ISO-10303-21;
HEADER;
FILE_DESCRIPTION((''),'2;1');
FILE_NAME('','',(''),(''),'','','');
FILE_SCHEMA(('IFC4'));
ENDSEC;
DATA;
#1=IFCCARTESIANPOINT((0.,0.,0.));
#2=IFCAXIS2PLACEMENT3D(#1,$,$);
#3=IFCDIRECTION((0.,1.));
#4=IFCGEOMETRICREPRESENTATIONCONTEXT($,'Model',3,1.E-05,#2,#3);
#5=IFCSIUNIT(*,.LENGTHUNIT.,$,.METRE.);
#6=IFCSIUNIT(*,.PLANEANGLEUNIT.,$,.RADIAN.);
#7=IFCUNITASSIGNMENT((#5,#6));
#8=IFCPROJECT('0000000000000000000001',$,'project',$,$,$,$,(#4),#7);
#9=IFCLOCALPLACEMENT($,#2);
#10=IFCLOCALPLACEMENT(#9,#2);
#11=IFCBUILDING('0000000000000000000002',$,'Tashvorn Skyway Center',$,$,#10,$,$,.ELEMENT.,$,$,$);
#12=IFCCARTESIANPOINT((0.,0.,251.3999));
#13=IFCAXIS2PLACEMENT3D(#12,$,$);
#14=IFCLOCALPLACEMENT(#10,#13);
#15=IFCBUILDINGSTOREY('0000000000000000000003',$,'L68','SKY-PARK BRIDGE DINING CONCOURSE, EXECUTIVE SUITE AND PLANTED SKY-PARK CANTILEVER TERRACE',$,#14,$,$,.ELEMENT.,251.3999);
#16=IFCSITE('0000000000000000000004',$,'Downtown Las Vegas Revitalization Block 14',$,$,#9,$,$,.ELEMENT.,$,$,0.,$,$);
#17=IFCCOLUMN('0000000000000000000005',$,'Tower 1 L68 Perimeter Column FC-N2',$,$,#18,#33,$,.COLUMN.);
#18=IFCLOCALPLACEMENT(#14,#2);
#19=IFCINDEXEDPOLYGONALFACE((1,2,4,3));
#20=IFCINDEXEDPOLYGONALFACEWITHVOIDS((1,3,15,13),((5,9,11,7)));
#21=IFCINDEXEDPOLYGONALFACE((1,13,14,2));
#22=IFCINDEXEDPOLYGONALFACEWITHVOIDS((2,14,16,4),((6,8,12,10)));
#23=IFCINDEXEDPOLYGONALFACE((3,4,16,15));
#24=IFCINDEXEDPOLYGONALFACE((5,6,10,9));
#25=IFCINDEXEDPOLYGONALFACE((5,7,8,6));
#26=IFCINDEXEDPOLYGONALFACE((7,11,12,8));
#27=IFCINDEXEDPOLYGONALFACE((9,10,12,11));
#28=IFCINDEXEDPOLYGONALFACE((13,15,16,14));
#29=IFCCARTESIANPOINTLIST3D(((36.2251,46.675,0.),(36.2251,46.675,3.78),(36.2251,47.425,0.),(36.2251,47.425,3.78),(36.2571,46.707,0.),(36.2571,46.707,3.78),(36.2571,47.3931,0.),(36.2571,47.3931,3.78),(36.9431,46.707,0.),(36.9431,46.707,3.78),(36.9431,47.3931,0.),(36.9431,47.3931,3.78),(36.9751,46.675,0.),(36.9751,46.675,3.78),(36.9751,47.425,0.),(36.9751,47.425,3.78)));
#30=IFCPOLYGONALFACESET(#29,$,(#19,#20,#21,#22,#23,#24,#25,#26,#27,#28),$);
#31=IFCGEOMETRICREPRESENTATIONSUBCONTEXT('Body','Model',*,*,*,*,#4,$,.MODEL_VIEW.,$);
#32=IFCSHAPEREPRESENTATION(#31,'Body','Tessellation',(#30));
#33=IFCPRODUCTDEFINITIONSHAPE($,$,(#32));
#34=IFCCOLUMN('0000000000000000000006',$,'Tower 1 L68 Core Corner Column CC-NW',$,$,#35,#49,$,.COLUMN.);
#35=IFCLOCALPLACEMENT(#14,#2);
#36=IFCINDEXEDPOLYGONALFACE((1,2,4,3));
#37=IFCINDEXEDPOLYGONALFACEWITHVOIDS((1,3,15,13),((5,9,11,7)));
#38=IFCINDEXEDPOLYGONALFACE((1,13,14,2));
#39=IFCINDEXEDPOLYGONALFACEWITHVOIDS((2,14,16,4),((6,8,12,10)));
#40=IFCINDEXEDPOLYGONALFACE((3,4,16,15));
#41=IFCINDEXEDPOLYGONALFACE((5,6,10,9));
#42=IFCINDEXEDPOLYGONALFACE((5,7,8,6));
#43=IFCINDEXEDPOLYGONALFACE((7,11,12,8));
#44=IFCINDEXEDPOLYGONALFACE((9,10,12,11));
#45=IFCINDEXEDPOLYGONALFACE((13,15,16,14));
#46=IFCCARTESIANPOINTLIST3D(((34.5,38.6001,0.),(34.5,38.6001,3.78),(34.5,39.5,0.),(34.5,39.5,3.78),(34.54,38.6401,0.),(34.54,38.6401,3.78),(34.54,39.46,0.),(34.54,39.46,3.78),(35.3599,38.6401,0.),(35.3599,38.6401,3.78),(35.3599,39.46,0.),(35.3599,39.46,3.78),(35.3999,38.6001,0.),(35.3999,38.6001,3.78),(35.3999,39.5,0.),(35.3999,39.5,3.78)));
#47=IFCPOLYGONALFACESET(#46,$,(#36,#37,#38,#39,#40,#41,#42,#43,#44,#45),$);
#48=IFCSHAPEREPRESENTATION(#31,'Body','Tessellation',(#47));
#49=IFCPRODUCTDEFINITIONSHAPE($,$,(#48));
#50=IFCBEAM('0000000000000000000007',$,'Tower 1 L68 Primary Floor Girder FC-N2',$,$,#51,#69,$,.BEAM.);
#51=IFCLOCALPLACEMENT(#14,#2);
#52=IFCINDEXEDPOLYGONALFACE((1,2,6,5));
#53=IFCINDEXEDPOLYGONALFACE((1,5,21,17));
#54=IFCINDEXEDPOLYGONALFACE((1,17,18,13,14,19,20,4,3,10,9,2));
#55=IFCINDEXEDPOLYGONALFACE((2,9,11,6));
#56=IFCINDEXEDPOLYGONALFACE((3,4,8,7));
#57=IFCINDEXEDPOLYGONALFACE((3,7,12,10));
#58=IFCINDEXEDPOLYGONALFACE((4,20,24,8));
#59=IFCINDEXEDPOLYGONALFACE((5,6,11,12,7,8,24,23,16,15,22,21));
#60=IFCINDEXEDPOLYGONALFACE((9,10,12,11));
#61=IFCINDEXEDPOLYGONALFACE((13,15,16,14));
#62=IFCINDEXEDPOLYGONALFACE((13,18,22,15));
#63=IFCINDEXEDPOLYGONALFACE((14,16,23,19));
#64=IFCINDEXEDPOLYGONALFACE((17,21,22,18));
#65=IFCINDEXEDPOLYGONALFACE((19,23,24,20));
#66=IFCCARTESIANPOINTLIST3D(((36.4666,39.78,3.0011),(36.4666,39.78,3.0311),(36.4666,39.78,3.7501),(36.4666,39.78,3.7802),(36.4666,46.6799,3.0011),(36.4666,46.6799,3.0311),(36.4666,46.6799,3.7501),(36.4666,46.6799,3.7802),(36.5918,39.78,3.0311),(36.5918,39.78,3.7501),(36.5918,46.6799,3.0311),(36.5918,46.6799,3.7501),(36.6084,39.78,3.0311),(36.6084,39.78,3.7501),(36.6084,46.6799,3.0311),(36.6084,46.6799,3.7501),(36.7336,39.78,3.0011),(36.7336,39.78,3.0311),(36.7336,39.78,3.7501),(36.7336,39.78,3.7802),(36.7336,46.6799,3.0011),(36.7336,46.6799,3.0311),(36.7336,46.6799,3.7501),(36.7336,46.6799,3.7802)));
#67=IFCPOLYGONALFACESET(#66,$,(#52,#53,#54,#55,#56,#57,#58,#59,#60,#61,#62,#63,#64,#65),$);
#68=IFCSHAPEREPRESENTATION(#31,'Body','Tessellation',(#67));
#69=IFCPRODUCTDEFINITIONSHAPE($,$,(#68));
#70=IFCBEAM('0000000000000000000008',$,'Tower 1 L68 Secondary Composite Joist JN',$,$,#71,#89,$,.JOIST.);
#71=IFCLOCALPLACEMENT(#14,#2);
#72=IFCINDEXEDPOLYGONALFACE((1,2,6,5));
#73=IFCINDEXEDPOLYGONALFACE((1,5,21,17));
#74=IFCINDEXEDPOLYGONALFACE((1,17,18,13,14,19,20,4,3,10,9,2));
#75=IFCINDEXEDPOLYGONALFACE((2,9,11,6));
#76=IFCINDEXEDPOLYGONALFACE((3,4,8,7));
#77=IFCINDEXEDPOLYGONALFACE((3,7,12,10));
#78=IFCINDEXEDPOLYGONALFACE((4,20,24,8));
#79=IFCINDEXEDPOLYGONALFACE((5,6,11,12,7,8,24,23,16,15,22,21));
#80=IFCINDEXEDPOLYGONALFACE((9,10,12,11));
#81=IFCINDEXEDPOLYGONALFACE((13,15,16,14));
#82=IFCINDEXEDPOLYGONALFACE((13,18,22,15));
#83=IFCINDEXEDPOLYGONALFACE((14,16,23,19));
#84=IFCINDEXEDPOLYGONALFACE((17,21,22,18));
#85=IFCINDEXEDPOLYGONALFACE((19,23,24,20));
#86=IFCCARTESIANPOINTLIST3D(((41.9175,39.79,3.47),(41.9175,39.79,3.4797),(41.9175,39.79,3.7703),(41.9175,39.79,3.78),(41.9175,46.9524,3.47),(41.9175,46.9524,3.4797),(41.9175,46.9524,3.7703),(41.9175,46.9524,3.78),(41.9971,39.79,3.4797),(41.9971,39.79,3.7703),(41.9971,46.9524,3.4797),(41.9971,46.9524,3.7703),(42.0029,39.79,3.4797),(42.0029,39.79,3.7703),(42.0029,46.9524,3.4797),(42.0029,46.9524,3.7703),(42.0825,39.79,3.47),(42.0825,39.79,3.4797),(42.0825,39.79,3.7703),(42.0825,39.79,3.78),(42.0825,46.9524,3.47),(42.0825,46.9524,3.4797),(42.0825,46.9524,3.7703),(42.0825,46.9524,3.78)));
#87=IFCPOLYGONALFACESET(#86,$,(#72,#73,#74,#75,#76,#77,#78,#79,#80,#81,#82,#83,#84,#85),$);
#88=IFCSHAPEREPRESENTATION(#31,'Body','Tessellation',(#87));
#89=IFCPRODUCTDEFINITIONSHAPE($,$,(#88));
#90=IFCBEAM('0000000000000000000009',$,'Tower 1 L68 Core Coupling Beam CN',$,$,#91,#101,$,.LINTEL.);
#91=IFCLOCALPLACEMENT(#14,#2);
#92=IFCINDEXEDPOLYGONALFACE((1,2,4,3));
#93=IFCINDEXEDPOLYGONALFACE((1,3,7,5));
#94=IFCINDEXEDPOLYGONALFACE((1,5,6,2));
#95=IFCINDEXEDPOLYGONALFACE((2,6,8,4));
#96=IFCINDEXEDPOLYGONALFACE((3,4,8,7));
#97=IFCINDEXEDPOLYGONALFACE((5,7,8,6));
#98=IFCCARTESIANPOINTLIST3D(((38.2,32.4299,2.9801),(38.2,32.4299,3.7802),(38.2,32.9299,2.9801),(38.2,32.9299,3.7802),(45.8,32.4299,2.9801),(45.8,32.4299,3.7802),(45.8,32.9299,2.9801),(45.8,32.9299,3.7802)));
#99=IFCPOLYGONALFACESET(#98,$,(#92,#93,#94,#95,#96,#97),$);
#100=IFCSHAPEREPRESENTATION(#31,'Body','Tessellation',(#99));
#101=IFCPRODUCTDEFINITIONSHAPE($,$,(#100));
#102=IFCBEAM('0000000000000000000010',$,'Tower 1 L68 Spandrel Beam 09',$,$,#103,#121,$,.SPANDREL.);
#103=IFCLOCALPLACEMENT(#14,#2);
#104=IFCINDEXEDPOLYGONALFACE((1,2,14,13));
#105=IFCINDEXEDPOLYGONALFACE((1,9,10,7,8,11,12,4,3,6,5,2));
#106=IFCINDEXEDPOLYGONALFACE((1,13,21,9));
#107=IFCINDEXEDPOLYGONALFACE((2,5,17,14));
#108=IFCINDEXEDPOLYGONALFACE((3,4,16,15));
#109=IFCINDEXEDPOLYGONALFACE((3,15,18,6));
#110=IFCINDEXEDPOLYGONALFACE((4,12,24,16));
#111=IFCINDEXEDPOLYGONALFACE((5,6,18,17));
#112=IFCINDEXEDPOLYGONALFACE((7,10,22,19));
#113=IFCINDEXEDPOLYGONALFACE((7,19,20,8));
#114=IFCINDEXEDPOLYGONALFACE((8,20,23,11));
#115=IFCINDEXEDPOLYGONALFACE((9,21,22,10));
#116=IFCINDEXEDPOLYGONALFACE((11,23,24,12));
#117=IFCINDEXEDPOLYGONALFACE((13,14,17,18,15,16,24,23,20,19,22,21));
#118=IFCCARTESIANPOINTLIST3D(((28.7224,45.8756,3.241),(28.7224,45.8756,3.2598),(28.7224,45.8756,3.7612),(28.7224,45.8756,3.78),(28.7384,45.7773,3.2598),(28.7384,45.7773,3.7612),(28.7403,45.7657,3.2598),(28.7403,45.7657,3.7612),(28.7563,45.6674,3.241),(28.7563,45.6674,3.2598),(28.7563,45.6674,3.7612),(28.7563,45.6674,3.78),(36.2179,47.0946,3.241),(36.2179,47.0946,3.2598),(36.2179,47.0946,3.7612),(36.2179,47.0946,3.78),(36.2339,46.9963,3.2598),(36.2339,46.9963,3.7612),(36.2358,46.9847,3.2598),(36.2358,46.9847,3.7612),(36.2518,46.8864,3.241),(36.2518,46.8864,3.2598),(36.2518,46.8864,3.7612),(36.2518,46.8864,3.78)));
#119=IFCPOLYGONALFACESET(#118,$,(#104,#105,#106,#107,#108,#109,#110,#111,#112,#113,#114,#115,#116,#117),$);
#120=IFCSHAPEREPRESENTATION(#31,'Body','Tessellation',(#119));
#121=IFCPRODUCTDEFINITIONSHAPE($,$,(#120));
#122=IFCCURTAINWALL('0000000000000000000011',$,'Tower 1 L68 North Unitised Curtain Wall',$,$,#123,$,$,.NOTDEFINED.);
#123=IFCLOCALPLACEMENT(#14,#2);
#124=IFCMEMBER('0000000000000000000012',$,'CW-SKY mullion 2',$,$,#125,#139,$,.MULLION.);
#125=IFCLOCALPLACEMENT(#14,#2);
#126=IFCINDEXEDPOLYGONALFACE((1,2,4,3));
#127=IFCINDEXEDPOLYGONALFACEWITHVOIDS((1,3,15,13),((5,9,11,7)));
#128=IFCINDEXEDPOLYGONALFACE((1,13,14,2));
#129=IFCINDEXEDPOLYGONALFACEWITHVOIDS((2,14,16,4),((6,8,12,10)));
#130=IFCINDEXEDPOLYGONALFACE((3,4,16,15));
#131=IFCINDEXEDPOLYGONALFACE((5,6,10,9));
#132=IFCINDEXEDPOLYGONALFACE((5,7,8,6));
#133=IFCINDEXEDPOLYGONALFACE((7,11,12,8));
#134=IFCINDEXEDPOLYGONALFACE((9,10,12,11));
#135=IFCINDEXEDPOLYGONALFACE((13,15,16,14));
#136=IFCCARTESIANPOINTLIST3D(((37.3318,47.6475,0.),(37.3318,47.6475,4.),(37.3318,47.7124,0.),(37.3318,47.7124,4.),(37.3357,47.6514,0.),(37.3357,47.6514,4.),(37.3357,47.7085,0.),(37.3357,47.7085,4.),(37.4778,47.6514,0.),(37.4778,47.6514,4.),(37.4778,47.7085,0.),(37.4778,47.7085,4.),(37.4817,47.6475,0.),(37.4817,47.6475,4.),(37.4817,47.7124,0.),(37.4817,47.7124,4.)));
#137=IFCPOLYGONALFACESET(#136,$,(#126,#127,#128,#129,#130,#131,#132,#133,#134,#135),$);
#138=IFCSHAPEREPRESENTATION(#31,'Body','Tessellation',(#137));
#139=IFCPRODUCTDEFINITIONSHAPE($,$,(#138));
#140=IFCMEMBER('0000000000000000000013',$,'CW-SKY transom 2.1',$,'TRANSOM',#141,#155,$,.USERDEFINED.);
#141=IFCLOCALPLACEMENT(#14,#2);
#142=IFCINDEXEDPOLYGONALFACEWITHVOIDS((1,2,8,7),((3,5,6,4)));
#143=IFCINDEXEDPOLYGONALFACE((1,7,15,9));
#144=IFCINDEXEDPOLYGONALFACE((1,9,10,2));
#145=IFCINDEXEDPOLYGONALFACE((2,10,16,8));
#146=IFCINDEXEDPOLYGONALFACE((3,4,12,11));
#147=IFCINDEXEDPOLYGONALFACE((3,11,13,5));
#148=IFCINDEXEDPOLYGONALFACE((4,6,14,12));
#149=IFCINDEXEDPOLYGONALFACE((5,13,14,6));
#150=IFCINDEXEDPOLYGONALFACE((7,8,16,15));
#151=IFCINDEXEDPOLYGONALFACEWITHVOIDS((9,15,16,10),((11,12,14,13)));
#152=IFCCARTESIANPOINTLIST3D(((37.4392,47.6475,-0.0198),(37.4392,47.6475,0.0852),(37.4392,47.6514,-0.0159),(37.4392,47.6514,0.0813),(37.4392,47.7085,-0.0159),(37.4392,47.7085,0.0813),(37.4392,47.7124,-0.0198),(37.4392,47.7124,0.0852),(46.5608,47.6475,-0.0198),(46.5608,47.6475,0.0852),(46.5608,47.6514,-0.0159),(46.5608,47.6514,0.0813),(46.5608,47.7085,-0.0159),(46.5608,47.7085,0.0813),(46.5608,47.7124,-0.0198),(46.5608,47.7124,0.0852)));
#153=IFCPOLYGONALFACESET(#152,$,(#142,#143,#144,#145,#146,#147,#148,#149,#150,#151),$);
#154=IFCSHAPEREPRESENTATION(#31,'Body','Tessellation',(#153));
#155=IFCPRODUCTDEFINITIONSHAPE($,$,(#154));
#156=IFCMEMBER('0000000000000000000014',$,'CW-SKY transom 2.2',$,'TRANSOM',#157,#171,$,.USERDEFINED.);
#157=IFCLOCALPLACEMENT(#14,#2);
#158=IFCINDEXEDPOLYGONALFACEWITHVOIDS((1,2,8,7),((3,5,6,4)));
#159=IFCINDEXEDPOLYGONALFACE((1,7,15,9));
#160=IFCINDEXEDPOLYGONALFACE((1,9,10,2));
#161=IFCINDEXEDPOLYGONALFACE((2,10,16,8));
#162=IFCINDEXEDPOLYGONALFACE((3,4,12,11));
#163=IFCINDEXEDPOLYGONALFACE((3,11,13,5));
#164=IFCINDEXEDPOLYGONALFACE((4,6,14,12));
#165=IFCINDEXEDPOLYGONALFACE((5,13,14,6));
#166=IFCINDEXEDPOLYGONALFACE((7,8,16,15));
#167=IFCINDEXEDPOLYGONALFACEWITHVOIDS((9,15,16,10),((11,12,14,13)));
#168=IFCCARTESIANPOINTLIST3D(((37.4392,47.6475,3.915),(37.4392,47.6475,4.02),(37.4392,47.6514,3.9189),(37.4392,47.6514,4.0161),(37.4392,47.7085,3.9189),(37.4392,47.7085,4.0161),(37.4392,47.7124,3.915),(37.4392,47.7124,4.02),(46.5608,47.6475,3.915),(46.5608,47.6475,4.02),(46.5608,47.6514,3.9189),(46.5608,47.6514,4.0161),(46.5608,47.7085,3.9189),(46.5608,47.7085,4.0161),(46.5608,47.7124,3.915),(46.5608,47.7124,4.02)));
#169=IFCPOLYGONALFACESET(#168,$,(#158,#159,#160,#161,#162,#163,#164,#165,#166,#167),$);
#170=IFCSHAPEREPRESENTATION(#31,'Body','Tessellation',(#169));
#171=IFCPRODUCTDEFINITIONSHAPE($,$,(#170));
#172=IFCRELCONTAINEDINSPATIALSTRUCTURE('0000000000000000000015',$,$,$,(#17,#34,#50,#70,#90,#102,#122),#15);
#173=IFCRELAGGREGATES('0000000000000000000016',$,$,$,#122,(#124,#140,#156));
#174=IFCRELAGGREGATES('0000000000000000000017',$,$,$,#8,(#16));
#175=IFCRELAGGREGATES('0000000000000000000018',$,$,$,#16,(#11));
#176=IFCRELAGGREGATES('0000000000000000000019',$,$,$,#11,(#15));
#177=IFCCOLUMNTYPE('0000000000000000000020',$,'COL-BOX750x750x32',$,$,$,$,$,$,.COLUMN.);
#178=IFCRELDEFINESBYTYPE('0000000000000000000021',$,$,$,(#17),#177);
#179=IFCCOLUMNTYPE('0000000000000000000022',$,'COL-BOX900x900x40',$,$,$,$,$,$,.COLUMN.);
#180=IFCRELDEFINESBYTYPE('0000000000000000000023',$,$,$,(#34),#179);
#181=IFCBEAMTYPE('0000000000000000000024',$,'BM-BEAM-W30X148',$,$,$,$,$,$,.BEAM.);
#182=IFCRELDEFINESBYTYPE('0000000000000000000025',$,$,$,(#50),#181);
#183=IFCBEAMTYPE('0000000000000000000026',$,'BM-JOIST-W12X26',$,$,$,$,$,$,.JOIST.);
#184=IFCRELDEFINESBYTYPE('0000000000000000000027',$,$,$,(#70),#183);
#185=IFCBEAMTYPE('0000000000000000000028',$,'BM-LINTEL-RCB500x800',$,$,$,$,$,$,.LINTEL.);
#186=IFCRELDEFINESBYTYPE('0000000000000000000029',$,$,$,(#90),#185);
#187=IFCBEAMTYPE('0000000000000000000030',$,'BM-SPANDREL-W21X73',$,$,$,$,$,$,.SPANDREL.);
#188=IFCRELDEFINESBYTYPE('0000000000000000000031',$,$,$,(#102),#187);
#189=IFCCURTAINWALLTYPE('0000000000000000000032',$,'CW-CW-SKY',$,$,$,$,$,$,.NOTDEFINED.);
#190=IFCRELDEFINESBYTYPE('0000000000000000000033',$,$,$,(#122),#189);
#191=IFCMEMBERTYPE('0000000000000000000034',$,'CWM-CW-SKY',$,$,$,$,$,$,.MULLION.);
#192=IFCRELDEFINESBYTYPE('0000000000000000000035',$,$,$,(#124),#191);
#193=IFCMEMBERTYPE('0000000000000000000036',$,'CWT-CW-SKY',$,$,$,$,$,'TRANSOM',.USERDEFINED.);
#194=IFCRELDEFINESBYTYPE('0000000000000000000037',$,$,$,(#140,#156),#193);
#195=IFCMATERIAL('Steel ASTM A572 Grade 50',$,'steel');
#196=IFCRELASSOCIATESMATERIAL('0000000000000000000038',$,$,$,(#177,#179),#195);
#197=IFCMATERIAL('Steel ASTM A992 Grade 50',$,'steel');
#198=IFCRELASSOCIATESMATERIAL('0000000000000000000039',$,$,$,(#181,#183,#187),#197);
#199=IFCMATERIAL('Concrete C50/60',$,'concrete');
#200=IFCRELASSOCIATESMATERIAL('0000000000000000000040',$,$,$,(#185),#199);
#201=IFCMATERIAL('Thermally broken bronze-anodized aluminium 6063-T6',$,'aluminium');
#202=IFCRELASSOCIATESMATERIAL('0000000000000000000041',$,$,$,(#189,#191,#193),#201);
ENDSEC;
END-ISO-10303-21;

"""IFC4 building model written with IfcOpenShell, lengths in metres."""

from ifc_helpers import new_model, si_unit, direction, frame, origin, origin_2d, place, context, subcontext, project, spatial, rectangle, hollow_rectangle, i_section, extrude, material, material_profile, profile_set, type_object, element, aggregate, save


model = new_model("IFC4")

# Units and contexts
model_context = context("Model", 3, precision=1e-05, world=origin(), true_north=direction((0.0, 1.0)))
body_context = subcontext(model_context, "Body", "Model", "MODEL_VIEW")
ifc_project = project(units=[si_unit("LENGTHUNIT", "METRE"), si_unit("PLANEANGLEUNIT", "RADIAN")], contexts=[model_context])

# Site, building, storey
site_placement = place(None, origin())
site = spatial("IfcSite", under=ifc_project, at=site_placement, Name="Downtown Las Vegas Revitalization Block 14", CompositionType="ELEMENT", RefElevation=0.0)
building_placement = place(site_placement, origin())
building = spatial("IfcBuilding", under=site, at=building_placement, Name="Tashvorn Skyway Center", CompositionType="ELEMENT")
storey_placement = place(building_placement, frame((0.0, 0.0, 251.3999)))
storey = spatial("IfcBuildingStorey", under=building, at=storey_placement, Name="L68", Description="SKY-PARK BRIDGE DINING CONCOURSE, EXECUTIVE SUITE AND PLANTED SKY-PARK CANTILEVER TERRACE", CompositionType="ELEMENT", Elevation=251.3999)

# Columns
ifc_material_1 = material(Name="Steel ASTM A572 Grade 50", Category="steel")
ifc_material_profile_1 = material_profile(ifc_material_1, hollow_rectangle(XDim=0.75, YDim=0.75, WallThickness=0.032, at=origin_2d()), Name="BOX750x750x32")
ifc_profile_set_1 = profile_set([ifc_material_profile_1], Name="Steel ASTM A572 Grade 50")
column_type_1 = type_object("IfcColumnType", Name="COL-BOX750x750x32", PredefinedType="COLUMN", material=ifc_profile_set_1)
column_1_placement = place(storey_placement, frame((36.6001, 47.05, 0.0), z_axis=(0.0, 0.0, 1.0), x_axis=(1.0, 0.0, 0.0)))
element("IfcColumn", 1, at=column_1_placement, inside=storey, type_object=column_type_1, Name="Tower 1 L68 Perimeter Column FC-N2", PredefinedType="COLUMN", context=body_context, shape_type="SweptSolid", body=[
    extrude(hollow_rectangle(XDim=0.75, YDim=0.75, WallThickness=0.032, at=origin_2d()), origin(), (0.0, 0.0, 1.0), 3.78),
])
ifc_material_profile_2 = material_profile(ifc_material_1, hollow_rectangle(XDim=0.8999, YDim=0.8999, WallThickness=0.04, at=origin_2d()), Name="BOX900x900x40")
ifc_profile_set_2 = profile_set([ifc_material_profile_2], Name="Steel ASTM A572 Grade 50")
column_type_2 = type_object("IfcColumnType", Name="COL-BOX900x900x40", PredefinedType="COLUMN", material=ifc_profile_set_2)
column_2_placement = place(storey_placement, frame((34.95, 39.05, 0.0), z_axis=(0.0, 0.0, 1.0), x_axis=(1.0, 0.0, 0.0)))
element("IfcColumn", 2, at=column_2_placement, inside=storey, type_object=column_type_2, Name="Tower 1 L68 Core Corner Column CC-NW", PredefinedType="COLUMN", context=body_context, shape_type="SweptSolid", body=[
    extrude(hollow_rectangle(XDim=0.8999, YDim=0.8999, WallThickness=0.04, at=origin_2d()), origin(), (0.0, 0.0, 1.0), 3.78),
])

# Beams
ifc_material_2 = material(Name="Steel ASTM A992 Grade 50", Category="steel")
ifc_material_profile_3 = material_profile(ifc_material_2, i_section(OverallWidth=0.2671, OverallDepth=0.7791, WebThickness=0.0166, FlangeThickness=0.03, at=origin_2d()), Name="W30X148")
ifc_profile_set_3 = profile_set([ifc_material_profile_3], Name="Steel ASTM A992 Grade 50")
beam_type_1 = type_object("IfcBeamType", Name="BM-BEAM-W30X148", PredefinedType="BEAM", material=ifc_profile_set_3)
beam_1_placement = place(storey_placement, frame((36.6001, 46.6799, 3.3906), z_axis=(0.0, -1.0, 0.0), x_axis=(1.0, 0.0, 0.0)))
element("IfcBeam", 3, at=beam_1_placement, inside=storey, type_object=beam_type_1, Name="Tower 1 L68 Primary Floor Girder FC-N2", PredefinedType="BEAM", context=body_context, shape_type="SweptSolid", body=[
    extrude(i_section(OverallWidth=0.2671, OverallDepth=0.7791, WebThickness=0.0166, FlangeThickness=0.03, at=origin_2d()), origin(), (0.0, 0.0, 1.0), 6.8999),
])
ifc_material_profile_4 = material_profile(ifc_material_2, i_section(OverallWidth=0.165, OverallDepth=0.3101, WebThickness=0.0059, FlangeThickness=0.0098, at=origin_2d()), Name="W12X26")
ifc_profile_set_4 = profile_set([ifc_material_profile_4], Name="Steel ASTM A992 Grade 50")
beam_type_2 = type_object("IfcBeamType", Name="BM-JOIST-W12X26", PredefinedType="JOIST", material=ifc_profile_set_4)
beam_2_placement = place(storey_placement, frame((42.0, 39.79, 3.625), z_axis=(0.0, 1.0, 0.0), x_axis=(-1.0, 0.0, 0.0)))
element("IfcBeam", 4, at=beam_2_placement, inside=storey, type_object=beam_type_2, Name="Tower 1 L68 Secondary Composite Joist JN", PredefinedType="JOIST", context=body_context, shape_type="SweptSolid", body=[
    extrude(i_section(OverallWidth=0.165, OverallDepth=0.3101, WebThickness=0.0059, FlangeThickness=0.0098, at=origin_2d()), origin(), (0.0, 0.0, 1.0), 7.1624),
])
ifc_material_3 = material(Name="Concrete C50/60", Category="concrete")
ifc_material_profile_5 = material_profile(ifc_material_3, rectangle(XDim=0.5, YDim=0.8, at=origin_2d()), Name="RCB500x800")
ifc_profile_set_5 = profile_set([ifc_material_profile_5], Name="Concrete C50/60")
beam_type_3 = type_object("IfcBeamType", Name="BM-LINTEL-RCB500x800", PredefinedType="LINTEL", material=ifc_profile_set_5)
beam_3_placement = place(storey_placement, frame((38.2, 32.6799, 3.3801), z_axis=(1.0, 0.0, 0.0), x_axis=(0.0, 1.0, 0.0)))
element("IfcBeam", 5, at=beam_3_placement, inside=storey, type_object=beam_type_3, Name="Tower 1 L68 Core Coupling Beam CN", PredefinedType="LINTEL", context=body_context, shape_type="SweptSolid", body=[
    extrude(rectangle(XDim=0.5, YDim=0.8, at=origin_2d()), origin(), (0.0, 0.0, 1.0), 7.6001),
])
ifc_material_profile_6 = material_profile(ifc_material_2, i_section(OverallWidth=0.2109, OverallDepth=0.5391, WebThickness=0.0117, FlangeThickness=0.0188, at=origin_2d()), Name="W21X73")
ifc_profile_set_6 = profile_set([ifc_material_profile_6], Name="Steel ASTM A992 Grade 50")
beam_type_4 = type_object("IfcBeamType", Name="BM-SPANDREL-W21X73", PredefinedType="SPANDREL", material=ifc_profile_set_6)
beam_4_placement = place(storey_placement, frame((36.2349, 46.9905, 3.5105), z_axis=(-0.987033, -0.160519, 0.0), x_axis=(0.160519, -0.987033, 0.0)))
element("IfcBeam", 6, at=beam_4_placement, inside=storey, type_object=beam_type_4, Name="Tower 1 L68 Spandrel Beam 09", PredefinedType="SPANDREL", context=body_context, shape_type="SweptSolid", body=[
    extrude(i_section(OverallWidth=0.2109, OverallDepth=0.5391, WebThickness=0.0117, FlangeThickness=0.0188, at=origin_2d()), origin(), (0.0, 0.0, 1.0), 7.594),
])

# Curtain wall, members
ifc_material_4 = material(Name="Thermally broken bronze-anodized aluminium 6063-T6", Category="aluminium")
curtain_wall_type = type_object("IfcCurtainWallType", Name="CW-CW-SKY", PredefinedType="NOTDEFINED", material=ifc_material_4)
curtain_wall_placement = place(storey_placement, origin())
curtain_wall = element("IfcCurtainWall", 7, at=curtain_wall_placement, inside=storey, type_object=curtain_wall_type, Name="Tower 1 L68 North Unitised Curtain Wall", PredefinedType="NOTDEFINED")
ifc_material_profile_7 = material_profile(ifc_material_4, hollow_rectangle(XDim=0.0649, YDim=0.1499, WallThickness=0.0039, at=origin_2d()), Name="ALU-MULL-65x150")
ifc_profile_set_7 = profile_set([ifc_material_profile_7], Name="Thermally broken bronze-anodized aluminium 6063-T6")
member_type_1 = type_object("IfcMemberType", Name="CWM-CW-SKY", PredefinedType="MULLION", material=ifc_profile_set_7)
member_1_placement = place(storey_placement, frame((37.4067, 47.6799, 0.0), z_axis=(0.0, 0.0, 1.0), x_axis=(0.0, 1.0, 0.0)))
member_1 = element("IfcMember", 8, at=member_1_placement, type_object=member_type_1, Name="CW-SKY mullion 2", PredefinedType="MULLION", context=body_context, shape_type="SweptSolid", body=[
    extrude(hollow_rectangle(XDim=0.0649, YDim=0.1499, WallThickness=0.0039, at=origin_2d()), origin(), (0.0, 0.0, 1.0), 4.0),
])
ifc_material_profile_8 = material_profile(ifc_material_4, hollow_rectangle(XDim=0.0649, YDim=0.105, WallThickness=0.0039, at=origin_2d()), Name="ALU-TRAN-65x105")
ifc_profile_set_8 = profile_set([ifc_material_profile_8], Name="Thermally broken bronze-anodized aluminium 6063-T6")
member_type_2 = type_object("IfcMemberType", Name="CWT-CW-SKY", ElementType="TRANSOM", PredefinedType="USERDEFINED", material=ifc_profile_set_8)
member_2_placement = place(storey_placement, frame((37.4392, 47.6799, 0.0327), z_axis=(1.0, 0.0, 0.0), x_axis=(0.0, 1.0, 0.0)))
member_2 = element("IfcMember", 9, at=member_2_placement, type_object=member_type_2, Name="CW-SKY transom 2.1", ObjectType="TRANSOM", PredefinedType="USERDEFINED", context=body_context, shape_type="SweptSolid", body=[
    extrude(hollow_rectangle(XDim=0.0649, YDim=0.105, WallThickness=0.0039, at=origin_2d()), origin(), (0.0, 0.0, 1.0), 9.1216),
])
member_3_placement = place(storey_placement, frame((37.4392, 47.6799, 3.9675), z_axis=(1.0, 0.0, 0.0), x_axis=(0.0, 1.0, 0.0)))
member_3 = element("IfcMember", 10, at=member_3_placement, type_object=member_type_2, Name="CW-SKY transom 2.2", ObjectType="TRANSOM", PredefinedType="USERDEFINED", context=body_context, shape_type="SweptSolid", body=[
    extrude(hollow_rectangle(XDim=0.0649, YDim=0.105, WallThickness=0.0039, at=origin_2d()), origin(), (0.0, 0.0, 1.0), 9.1216),
])
aggregate(curtain_wall, [member_1, member_2, member_3])

save(model, "model.ifc")
